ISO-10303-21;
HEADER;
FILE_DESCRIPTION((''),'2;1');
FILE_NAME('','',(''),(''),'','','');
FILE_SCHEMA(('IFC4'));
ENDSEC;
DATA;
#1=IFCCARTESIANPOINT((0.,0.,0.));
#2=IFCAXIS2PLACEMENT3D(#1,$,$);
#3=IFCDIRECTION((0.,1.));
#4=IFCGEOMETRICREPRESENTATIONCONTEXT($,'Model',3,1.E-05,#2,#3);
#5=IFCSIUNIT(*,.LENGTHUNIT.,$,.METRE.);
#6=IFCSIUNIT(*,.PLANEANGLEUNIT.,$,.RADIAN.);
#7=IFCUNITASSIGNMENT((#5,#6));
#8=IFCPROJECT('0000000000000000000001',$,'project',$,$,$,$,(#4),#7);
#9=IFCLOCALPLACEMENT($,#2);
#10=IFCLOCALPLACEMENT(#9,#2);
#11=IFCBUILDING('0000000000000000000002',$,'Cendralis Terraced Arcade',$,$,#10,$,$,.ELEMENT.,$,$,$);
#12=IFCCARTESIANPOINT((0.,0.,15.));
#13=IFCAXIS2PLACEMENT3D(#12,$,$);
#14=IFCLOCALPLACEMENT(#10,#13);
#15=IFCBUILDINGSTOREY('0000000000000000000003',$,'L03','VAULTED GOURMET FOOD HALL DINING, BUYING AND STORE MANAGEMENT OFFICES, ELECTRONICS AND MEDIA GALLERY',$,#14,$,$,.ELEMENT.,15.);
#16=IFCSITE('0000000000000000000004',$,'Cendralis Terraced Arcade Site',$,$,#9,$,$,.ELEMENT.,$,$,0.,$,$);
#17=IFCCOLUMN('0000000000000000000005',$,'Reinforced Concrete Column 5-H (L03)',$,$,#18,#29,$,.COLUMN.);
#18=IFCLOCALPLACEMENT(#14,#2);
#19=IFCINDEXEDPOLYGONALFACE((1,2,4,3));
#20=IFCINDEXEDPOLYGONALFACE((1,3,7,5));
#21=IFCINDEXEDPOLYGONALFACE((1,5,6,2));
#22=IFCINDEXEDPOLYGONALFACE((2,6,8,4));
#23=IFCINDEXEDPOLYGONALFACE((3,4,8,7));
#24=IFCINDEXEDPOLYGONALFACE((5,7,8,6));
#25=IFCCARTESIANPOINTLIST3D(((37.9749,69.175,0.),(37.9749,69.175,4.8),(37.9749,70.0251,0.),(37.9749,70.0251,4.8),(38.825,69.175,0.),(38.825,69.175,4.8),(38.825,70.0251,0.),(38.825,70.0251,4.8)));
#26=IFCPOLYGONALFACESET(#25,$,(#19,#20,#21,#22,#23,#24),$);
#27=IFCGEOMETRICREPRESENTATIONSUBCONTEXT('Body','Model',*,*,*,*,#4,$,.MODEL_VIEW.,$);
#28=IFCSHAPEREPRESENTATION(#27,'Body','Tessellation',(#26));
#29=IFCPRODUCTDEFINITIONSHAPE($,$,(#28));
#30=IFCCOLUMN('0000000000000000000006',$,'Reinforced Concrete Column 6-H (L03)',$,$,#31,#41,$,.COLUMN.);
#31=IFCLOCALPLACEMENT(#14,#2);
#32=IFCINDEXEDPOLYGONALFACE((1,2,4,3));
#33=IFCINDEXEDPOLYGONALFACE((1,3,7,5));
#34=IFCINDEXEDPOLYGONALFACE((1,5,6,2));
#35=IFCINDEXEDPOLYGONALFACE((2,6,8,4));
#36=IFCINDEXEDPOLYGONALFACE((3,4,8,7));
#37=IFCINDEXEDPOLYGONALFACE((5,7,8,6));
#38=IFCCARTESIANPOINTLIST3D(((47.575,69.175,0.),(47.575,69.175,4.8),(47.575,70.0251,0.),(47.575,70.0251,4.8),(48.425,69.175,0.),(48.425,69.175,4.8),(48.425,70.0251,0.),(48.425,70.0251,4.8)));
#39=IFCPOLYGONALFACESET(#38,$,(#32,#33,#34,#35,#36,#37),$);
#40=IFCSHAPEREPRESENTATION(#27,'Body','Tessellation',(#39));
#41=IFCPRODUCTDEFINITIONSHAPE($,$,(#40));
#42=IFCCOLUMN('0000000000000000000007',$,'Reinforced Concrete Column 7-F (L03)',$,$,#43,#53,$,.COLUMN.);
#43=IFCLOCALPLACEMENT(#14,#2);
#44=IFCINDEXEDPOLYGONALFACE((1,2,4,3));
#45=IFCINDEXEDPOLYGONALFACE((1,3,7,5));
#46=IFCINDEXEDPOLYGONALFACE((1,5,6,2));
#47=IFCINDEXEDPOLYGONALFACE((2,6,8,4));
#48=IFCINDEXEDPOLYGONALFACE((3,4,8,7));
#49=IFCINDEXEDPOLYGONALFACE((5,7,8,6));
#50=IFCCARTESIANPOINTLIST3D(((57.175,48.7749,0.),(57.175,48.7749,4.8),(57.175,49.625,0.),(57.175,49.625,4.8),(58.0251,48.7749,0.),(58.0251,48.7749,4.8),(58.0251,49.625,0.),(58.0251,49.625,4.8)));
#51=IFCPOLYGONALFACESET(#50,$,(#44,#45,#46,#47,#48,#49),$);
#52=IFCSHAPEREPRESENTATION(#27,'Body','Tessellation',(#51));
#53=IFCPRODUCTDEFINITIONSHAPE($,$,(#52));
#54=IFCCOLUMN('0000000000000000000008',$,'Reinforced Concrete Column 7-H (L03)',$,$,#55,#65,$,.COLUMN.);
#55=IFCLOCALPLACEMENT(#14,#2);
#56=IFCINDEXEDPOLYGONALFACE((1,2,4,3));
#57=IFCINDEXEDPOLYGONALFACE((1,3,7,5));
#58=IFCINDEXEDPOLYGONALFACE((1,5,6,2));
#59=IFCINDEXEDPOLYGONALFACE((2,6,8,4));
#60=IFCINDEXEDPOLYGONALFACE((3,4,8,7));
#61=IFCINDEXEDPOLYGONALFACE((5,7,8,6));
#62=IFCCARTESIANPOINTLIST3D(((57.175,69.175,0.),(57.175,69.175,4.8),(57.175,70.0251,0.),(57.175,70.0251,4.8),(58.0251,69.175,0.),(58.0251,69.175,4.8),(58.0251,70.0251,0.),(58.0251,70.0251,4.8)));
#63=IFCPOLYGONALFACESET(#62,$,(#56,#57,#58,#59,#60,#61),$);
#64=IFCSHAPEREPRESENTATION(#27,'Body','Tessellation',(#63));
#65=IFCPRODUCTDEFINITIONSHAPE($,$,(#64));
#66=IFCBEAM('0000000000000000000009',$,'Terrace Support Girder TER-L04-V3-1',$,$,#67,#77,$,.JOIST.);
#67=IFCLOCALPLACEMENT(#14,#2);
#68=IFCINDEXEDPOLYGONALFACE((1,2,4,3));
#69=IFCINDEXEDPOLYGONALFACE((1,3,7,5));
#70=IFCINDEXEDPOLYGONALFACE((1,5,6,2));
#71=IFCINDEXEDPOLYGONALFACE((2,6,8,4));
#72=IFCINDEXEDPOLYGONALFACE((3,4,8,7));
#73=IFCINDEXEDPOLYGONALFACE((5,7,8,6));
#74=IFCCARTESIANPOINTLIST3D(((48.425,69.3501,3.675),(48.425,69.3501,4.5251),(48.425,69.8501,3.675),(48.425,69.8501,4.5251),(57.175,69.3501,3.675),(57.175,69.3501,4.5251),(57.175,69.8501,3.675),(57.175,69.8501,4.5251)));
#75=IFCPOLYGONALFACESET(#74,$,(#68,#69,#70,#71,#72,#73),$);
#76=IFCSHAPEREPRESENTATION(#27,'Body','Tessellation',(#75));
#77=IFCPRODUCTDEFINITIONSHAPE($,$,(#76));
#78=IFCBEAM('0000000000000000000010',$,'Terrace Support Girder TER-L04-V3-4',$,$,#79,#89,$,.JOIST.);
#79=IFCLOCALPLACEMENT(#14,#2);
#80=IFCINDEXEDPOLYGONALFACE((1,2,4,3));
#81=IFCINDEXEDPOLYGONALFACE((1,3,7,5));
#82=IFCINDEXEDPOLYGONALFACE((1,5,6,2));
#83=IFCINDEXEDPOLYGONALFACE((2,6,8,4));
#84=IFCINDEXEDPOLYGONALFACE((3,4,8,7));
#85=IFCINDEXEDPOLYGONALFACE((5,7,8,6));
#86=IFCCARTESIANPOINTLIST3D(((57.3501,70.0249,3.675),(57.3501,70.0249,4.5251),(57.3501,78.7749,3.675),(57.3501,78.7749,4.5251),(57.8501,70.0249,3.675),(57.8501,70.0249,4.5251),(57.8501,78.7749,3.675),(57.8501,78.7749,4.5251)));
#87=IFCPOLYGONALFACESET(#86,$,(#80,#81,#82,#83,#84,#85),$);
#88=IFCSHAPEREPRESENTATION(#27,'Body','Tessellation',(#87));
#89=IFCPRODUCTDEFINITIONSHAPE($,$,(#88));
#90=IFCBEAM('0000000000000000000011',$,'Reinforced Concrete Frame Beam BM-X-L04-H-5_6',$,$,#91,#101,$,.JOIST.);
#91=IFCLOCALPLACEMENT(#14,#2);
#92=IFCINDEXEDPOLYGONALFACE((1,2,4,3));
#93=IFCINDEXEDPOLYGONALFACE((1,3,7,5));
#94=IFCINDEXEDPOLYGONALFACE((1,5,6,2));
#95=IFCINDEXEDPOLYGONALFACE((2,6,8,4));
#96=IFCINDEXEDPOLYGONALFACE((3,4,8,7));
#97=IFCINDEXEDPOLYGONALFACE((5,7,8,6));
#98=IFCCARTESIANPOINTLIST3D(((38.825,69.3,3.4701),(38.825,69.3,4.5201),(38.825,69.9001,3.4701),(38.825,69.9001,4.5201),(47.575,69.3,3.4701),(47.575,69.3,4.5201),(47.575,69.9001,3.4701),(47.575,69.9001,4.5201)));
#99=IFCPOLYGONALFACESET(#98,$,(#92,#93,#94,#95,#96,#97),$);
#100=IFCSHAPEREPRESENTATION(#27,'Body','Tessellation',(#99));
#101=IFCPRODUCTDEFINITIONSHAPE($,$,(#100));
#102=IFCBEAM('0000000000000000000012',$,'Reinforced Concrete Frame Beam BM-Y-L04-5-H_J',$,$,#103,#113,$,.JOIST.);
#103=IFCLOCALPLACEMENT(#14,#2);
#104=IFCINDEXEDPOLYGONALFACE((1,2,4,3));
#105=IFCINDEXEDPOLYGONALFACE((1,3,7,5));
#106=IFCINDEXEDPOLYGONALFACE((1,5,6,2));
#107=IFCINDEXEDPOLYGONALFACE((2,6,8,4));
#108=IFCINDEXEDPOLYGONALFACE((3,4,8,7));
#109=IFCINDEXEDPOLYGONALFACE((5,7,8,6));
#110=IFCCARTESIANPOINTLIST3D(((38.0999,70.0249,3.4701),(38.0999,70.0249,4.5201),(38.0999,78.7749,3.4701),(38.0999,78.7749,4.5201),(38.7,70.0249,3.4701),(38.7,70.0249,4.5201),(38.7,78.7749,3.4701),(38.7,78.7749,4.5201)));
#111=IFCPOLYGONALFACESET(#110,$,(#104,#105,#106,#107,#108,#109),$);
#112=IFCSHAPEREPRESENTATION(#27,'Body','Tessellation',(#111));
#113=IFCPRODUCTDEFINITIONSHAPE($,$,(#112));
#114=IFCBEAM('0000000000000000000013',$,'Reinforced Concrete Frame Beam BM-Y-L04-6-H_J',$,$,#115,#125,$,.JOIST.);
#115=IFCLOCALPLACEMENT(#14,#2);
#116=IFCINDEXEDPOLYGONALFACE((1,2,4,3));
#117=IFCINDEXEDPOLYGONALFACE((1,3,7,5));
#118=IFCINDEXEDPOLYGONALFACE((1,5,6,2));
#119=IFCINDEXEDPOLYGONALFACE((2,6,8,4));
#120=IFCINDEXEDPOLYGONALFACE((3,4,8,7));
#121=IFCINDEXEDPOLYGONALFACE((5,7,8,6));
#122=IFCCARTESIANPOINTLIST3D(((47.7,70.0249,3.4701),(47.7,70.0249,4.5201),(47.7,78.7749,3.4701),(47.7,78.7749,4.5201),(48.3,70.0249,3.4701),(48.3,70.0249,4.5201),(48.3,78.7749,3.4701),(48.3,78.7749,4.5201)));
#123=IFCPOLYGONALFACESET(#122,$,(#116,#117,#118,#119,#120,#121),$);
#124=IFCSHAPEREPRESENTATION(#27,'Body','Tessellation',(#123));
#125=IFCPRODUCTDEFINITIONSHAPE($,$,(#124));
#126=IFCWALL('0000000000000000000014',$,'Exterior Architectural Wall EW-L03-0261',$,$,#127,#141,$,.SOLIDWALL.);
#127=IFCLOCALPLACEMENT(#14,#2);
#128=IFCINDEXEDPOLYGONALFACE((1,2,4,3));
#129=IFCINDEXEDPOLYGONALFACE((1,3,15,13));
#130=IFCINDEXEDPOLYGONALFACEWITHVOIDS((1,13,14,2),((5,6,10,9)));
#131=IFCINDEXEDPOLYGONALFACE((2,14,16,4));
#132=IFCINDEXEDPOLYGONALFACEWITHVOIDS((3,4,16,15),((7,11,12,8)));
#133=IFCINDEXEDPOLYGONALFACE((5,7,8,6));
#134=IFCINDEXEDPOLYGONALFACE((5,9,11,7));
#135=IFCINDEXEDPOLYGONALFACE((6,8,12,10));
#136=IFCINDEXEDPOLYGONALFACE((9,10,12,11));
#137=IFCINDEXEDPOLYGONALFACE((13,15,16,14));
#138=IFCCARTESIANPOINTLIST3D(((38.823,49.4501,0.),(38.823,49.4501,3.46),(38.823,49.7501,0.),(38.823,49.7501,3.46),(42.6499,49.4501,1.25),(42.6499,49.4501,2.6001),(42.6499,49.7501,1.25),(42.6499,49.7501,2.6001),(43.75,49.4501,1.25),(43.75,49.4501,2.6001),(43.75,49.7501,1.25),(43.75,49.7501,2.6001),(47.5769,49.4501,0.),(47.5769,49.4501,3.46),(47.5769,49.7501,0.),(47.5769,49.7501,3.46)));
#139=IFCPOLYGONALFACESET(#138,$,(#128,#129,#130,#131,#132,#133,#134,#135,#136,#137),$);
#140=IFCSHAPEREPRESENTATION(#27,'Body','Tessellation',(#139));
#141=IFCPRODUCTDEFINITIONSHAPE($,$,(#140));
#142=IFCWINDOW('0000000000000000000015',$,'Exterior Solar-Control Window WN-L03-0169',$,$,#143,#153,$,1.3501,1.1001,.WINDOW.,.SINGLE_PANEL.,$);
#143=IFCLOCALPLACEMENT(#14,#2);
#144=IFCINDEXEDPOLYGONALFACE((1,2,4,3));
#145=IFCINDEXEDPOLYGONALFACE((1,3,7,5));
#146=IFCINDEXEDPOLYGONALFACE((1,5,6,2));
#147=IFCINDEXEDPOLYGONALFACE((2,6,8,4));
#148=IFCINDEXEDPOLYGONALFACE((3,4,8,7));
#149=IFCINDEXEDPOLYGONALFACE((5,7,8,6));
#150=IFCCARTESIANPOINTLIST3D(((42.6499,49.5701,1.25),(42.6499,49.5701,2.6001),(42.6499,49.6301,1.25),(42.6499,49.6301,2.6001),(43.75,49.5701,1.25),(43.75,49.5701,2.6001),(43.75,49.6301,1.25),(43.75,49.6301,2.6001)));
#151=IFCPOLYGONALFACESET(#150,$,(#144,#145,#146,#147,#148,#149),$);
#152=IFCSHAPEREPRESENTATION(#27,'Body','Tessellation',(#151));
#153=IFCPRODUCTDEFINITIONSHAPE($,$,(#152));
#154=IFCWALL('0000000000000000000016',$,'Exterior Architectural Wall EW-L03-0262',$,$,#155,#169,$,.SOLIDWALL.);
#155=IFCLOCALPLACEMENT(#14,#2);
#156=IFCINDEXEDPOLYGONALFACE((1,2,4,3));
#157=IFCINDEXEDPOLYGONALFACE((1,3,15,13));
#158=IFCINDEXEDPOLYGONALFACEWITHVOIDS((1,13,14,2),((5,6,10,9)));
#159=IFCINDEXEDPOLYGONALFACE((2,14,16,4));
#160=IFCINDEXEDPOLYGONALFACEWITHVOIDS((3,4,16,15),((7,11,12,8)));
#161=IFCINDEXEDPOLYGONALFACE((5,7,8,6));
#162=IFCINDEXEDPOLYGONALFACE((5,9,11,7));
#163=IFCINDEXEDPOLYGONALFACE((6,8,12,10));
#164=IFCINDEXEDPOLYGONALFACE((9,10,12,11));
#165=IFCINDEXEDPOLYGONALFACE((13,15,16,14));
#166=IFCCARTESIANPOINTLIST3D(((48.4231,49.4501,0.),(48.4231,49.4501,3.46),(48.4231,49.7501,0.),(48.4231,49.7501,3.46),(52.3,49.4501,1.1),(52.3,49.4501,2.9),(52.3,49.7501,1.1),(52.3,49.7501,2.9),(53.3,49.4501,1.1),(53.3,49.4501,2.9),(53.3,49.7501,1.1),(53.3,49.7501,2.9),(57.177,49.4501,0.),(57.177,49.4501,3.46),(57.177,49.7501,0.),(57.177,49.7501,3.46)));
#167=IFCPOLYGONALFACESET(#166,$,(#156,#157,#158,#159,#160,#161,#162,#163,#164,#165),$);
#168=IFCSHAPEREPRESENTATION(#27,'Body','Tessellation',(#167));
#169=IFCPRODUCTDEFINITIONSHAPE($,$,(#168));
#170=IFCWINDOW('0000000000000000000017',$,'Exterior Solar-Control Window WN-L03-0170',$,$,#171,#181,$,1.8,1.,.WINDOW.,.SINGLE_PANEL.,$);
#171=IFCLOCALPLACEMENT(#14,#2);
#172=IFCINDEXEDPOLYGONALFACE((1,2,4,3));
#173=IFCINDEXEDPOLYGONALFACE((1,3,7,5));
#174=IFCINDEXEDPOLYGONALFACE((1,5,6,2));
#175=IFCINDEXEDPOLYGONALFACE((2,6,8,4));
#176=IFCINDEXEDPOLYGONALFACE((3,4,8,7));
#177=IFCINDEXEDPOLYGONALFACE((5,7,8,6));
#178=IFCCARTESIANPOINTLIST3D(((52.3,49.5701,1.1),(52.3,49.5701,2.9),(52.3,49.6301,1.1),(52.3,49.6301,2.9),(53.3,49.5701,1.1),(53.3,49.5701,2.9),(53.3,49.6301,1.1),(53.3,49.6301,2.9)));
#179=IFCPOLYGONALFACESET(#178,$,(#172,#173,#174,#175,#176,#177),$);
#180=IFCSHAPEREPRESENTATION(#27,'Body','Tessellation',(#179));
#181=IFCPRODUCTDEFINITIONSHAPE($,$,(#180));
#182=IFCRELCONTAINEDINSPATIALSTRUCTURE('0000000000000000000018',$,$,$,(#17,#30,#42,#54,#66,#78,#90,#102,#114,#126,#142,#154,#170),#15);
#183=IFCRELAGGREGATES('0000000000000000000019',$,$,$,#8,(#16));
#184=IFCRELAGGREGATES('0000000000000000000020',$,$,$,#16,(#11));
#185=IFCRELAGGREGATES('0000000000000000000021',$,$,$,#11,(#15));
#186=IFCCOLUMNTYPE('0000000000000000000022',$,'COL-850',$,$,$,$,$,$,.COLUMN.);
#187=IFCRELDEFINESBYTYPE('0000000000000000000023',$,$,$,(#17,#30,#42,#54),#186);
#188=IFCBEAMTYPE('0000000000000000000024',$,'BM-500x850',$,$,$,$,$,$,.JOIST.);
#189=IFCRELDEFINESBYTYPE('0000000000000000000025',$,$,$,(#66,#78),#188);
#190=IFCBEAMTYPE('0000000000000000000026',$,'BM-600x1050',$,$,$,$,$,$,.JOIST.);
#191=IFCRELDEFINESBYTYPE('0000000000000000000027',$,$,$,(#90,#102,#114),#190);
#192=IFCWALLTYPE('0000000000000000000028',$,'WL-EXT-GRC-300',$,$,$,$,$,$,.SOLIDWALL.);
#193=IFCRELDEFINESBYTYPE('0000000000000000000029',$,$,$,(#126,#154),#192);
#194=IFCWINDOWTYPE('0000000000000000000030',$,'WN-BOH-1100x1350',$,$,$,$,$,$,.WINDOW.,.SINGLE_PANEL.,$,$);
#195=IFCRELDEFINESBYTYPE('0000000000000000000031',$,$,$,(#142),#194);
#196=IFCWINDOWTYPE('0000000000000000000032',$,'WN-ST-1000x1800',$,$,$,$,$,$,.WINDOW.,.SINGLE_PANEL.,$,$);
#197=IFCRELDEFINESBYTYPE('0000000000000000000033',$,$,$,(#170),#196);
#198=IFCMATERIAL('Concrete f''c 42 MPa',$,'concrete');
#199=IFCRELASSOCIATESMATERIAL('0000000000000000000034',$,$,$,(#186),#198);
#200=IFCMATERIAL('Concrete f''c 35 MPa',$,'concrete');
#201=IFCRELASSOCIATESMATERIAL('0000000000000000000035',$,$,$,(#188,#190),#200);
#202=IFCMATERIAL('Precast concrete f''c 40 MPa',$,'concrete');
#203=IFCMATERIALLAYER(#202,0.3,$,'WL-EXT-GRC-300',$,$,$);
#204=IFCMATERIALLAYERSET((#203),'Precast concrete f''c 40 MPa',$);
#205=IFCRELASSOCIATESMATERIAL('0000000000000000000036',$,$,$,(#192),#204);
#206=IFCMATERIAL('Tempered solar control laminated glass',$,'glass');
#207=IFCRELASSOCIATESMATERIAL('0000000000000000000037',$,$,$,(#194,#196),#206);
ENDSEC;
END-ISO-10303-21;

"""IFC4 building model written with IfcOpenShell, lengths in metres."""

from ifc_helpers import new_model, si_unit, direction, frame, frame_2d, origin, origin_2d, place, context, subcontext, project, spatial, rectangle, extrude, material, layer, layer_set, material_profile, profile_set, type_object, element, fill, save


model = new_model("IFC4")

# Units and contexts
model_context = context("Model", 3, precision=1e-05, world=origin(), true_north=direction((0.0, 1.0)))
body_context = subcontext(model_context, "Body", "Model", "MODEL_VIEW")
ifc_project = project(units=[si_unit("LENGTHUNIT", "METRE"), si_unit("PLANEANGLEUNIT", "RADIAN")], contexts=[model_context])

# Site, building, storey
site_placement = place(None, origin())
site = spatial("IfcSite", under=ifc_project, at=site_placement, Name="Cendralis Terraced Arcade Site", CompositionType="ELEMENT", RefElevation=0.0)
building_placement = place(site_placement, origin())
building = spatial("IfcBuilding", under=site, at=building_placement, Name="Cendralis Terraced Arcade", CompositionType="ELEMENT")
storey_placement = place(building_placement, frame((0.0, 0.0, 15.0)))
storey = spatial("IfcBuildingStorey", under=building, at=storey_placement, Name="L03", Description="VAULTED GOURMET FOOD HALL DINING, BUYING AND STORE MANAGEMENT OFFICES, ELECTRONICS AND MEDIA GALLERY", CompositionType="ELEMENT", Elevation=15.0)

# Columns
ifc_material_1 = material(Name="Concrete f'c 42 MPa", Category="concrete")
ifc_material_profile_1 = material_profile(ifc_material_1, rectangle(XDim=0.8501, YDim=0.8501, at=origin_2d()), Name="RC-COL-850x850", Category="LoadBearing")
ifc_profile_set_1 = profile_set([ifc_material_profile_1], Name="Concrete f'c 42 MPa")
column_type = type_object("IfcColumnType", Name="COL-850", PredefinedType="COLUMN", material=ifc_profile_set_1)
for number, where, z_axis, x_axis, name in (
    (1, (38.3999, 69.6001, 0.0), (0.0, 0.0, 1.0), (1.0, 0.0, 0.0), "Reinforced Concrete Column 5-H (L03)"),
    (2, (48.0, 69.6001, 0.0), (0.0, 0.0, 1.0), (1.0, 0.0, 0.0), "Reinforced Concrete Column 6-H (L03)"),
    (3, (57.6001, 49.2, 0.0), (0.0, 0.0, 1.0), (1.0, 0.0, 0.0), "Reinforced Concrete Column 7-F (L03)"),
    (4, (57.6001, 69.6001, 0.0), (0.0, 0.0, 1.0), (1.0, 0.0, 0.0), "Reinforced Concrete Column 7-H (L03)"),
):
    element("IfcColumn", number, at=place(storey_placement, frame(where, z_axis=z_axis, x_axis=x_axis)), inside=storey, type_object=column_type, Name=name, PredefinedType="COLUMN", context=body_context, shape_type="SweptSolid", body=[
        extrude(rectangle(XDim=0.8501, YDim=0.8501, at=origin_2d()), origin(), (0.0, 0.0, 1.0), 4.8),
    ])

# Beams
ifc_material_2 = material(Name="Concrete f'c 35 MPa", Category="concrete")
ifc_material_profile_2 = material_profile(ifc_material_2, rectangle(XDim=0.5, YDim=0.8501, at=origin_2d()), Name="RC-BM-500x850", Category="LoadBearing")
ifc_profile_set_2 = profile_set([ifc_material_profile_2], Name="Concrete f'c 35 MPa")
beam_type_1 = type_object("IfcBeamType", Name="BM-500x850", PredefinedType="JOIST", material=ifc_profile_set_2)
for number, where, z_axis, x_axis, name in (
    (5, (48.425, 69.6001, 4.1001), (1.0, 0.0, 0.0), (0.0, 1.0, 0.0), "Terrace Support Girder TER-L04-V3-1"),
    (6, (57.6001, 70.0249, 4.1001), (0.0, 1.0, 0.0), (-1.0, 0.0, 0.0), "Terrace Support Girder TER-L04-V3-4"),
):
    element("IfcBeam", number, at=place(storey_placement, frame(where, z_axis=z_axis, x_axis=x_axis)), inside=storey, type_object=beam_type_1, Name=name, PredefinedType="JOIST", context=body_context, shape_type="SweptSolid", body=[
        extrude(rectangle(XDim=0.5, YDim=0.8501, at=origin_2d()), origin(), (0.0, 0.0, 1.0), 8.75),
    ])
ifc_material_profile_3 = material_profile(ifc_material_2, rectangle(XDim=0.6001, YDim=1.05, at=origin_2d()), Name="RC-BM-600x1050", Category="LoadBearing")
ifc_profile_set_3 = profile_set([ifc_material_profile_3], Name="Concrete f'c 35 MPa")
beam_type_2 = type_object("IfcBeamType", Name="BM-600x1050", PredefinedType="JOIST", material=ifc_profile_set_3)
for number, where, z_axis, x_axis, name in (
    (7, (38.825, 69.6001, 3.9951), (1.0, 0.0, 0.0), (0.0, 1.0, 0.0), "Reinforced Concrete Frame Beam BM-X-L04-H-5_6"),
    (8, (38.3999, 70.0249, 3.9951), (0.0, 1.0, 0.0), (-1.0, 0.0, 0.0), "Reinforced Concrete Frame Beam BM-Y-L04-5-H_J"),
    (9, (48.0, 70.0249, 3.9951), (0.0, 1.0, 0.0), (-1.0, 0.0, 0.0), "Reinforced Concrete Frame Beam BM-Y-L04-6-H_J"),
):
    element("IfcBeam", number, at=place(storey_placement, frame(where, z_axis=z_axis, x_axis=x_axis)), inside=storey, type_object=beam_type_2, Name=name, PredefinedType="JOIST", context=body_context, shape_type="SweptSolid", body=[
        extrude(rectangle(XDim=0.6001, YDim=1.05, at=origin_2d()), origin(), (0.0, 0.0, 1.0), 8.75),
    ])

# Walls, openings, windows
ifc_material_3 = material(Name="Precast concrete f'c 40 MPa", Category="concrete")
ifc_layer_1 = layer(ifc_material_3, 0.3, Name="WL-EXT-GRC-300")
ifc_layer_set_1 = layer_set([ifc_layer_1], Name="Precast concrete f'c 40 MPa")
wall_type_1 = type_object("IfcWallType", Name="WL-EXT-GRC-300", PredefinedType="SOLIDWALL", material=ifc_layer_set_1)
wall_1_placement = place(storey_placement, frame((38.823, 49.6001, 0.0), z_axis=(0.0, 0.0, 1.0), x_axis=(1.0, 0.0, 0.0)))
wall_1 = element("IfcWall", 10, at=wall_1_placement, inside=storey, type_object=wall_type_1, Name="Exterior Architectural Wall EW-L03-0261", PredefinedType="SOLIDWALL", context=body_context, shape_type="SweptSolid", body=[
    extrude(rectangle(XDim=8.7539, YDim=0.3, at=frame_2d((4.377, 0.0))), origin(), (0.0, 0.0, 1.0), 3.46),
])
opening_1_placement = place(wall_1_placement, frame((3.8269, 0.0, 1.25)))
opening_1 = element("IfcOpeningElement", 11, at=opening_1_placement, cuts=wall_1, PredefinedType="OPENING", context=body_context, shape_type="SweptSolid", body=[
    extrude(rectangle(XDim=1.1001, YDim=1.3501, at=frame_2d((0.55, 0.675))), frame((0.0, 0.1621, 0.0), z_axis=(0.0, -1.0, 0.0), x_axis=(1.0, 0.0, 0.0)), (0.0, 0.0, 1.0), 0.324),
])
ifc_material_4 = material(Name="Tempered solar control laminated glass", Category="glass")
window_type_1 = type_object("IfcWindowType", Name="WN-BOH-1100x1350", PartitioningType="SINGLE_PANEL", PredefinedType="WINDOW", material=ifc_material_4)
window_1_placement = place(opening_1_placement, origin())
window_1 = element("IfcWindow", 12, at=window_1_placement, inside=storey, type_object=window_type_1, Name="Exterior Solar-Control Window WN-L03-0169", OverallHeight=1.3501, OverallWidth=1.1001, PartitioningType="SINGLE_PANEL", PredefinedType="WINDOW", context=body_context, shape_type="SweptSolid", body=[
    extrude(rectangle(XDim=1.1001, YDim=1.3501, at=frame_2d((0.55, 0.675))), frame((0.0, 0.03, 0.0), z_axis=(0.0, -1.0, 0.0), x_axis=(1.0, 0.0, 0.0)), (0.0, 0.0, 1.0), 0.0601),
])
fill(opening_1, window_1)
wall_2_placement = place(storey_placement, frame((48.4231, 49.6001, 0.0), z_axis=(0.0, 0.0, 1.0), x_axis=(1.0, 0.0, 0.0)))
wall_2 = element("IfcWall", 13, at=wall_2_placement, inside=storey, type_object=wall_type_1, Name="Exterior Architectural Wall EW-L03-0262", PredefinedType="SOLIDWALL", context=body_context, shape_type="SweptSolid", body=[
    extrude(rectangle(XDim=8.7539, YDim=0.3, at=frame_2d((4.377, 0.0))), origin(), (0.0, 0.0, 1.0), 3.46),
])
opening_2_placement = place(wall_2_placement, frame((3.877, 0.0, 1.1001)))
opening_2 = element("IfcOpeningElement", 14, at=opening_2_placement, cuts=wall_2, PredefinedType="OPENING", context=body_context, shape_type="SweptSolid", body=[
    extrude(rectangle(XDim=1.0, YDim=1.8, at=frame_2d((0.5, 0.8999))), frame((0.0, 0.1621, 0.0), z_axis=(0.0, -1.0, 0.0), x_axis=(1.0, 0.0, 0.0)), (0.0, 0.0, 1.0), 0.324),
])
window_type_2 = type_object("IfcWindowType", Name="WN-ST-1000x1800", PartitioningType="SINGLE_PANEL", PredefinedType="WINDOW", material=ifc_material_4)
window_2_placement = place(opening_2_placement, origin())
window_2 = element("IfcWindow", 15, at=window_2_placement, inside=storey, type_object=window_type_2, Name="Exterior Solar-Control Window WN-L03-0170", OverallHeight=1.8, OverallWidth=1.0, PartitioningType="SINGLE_PANEL", PredefinedType="WINDOW", context=body_context, shape_type="SweptSolid", body=[
    extrude(rectangle(XDim=1.0, YDim=1.8, at=frame_2d((0.5, 0.8999))), frame((0.0, 0.03, 0.0), z_axis=(0.0, -1.0, 0.0), x_axis=(1.0, 0.0, 0.0)), (0.0, 0.0, 1.0), 0.0601),
])
fill(opening_2, window_2)

save(model, "model.ifc")
